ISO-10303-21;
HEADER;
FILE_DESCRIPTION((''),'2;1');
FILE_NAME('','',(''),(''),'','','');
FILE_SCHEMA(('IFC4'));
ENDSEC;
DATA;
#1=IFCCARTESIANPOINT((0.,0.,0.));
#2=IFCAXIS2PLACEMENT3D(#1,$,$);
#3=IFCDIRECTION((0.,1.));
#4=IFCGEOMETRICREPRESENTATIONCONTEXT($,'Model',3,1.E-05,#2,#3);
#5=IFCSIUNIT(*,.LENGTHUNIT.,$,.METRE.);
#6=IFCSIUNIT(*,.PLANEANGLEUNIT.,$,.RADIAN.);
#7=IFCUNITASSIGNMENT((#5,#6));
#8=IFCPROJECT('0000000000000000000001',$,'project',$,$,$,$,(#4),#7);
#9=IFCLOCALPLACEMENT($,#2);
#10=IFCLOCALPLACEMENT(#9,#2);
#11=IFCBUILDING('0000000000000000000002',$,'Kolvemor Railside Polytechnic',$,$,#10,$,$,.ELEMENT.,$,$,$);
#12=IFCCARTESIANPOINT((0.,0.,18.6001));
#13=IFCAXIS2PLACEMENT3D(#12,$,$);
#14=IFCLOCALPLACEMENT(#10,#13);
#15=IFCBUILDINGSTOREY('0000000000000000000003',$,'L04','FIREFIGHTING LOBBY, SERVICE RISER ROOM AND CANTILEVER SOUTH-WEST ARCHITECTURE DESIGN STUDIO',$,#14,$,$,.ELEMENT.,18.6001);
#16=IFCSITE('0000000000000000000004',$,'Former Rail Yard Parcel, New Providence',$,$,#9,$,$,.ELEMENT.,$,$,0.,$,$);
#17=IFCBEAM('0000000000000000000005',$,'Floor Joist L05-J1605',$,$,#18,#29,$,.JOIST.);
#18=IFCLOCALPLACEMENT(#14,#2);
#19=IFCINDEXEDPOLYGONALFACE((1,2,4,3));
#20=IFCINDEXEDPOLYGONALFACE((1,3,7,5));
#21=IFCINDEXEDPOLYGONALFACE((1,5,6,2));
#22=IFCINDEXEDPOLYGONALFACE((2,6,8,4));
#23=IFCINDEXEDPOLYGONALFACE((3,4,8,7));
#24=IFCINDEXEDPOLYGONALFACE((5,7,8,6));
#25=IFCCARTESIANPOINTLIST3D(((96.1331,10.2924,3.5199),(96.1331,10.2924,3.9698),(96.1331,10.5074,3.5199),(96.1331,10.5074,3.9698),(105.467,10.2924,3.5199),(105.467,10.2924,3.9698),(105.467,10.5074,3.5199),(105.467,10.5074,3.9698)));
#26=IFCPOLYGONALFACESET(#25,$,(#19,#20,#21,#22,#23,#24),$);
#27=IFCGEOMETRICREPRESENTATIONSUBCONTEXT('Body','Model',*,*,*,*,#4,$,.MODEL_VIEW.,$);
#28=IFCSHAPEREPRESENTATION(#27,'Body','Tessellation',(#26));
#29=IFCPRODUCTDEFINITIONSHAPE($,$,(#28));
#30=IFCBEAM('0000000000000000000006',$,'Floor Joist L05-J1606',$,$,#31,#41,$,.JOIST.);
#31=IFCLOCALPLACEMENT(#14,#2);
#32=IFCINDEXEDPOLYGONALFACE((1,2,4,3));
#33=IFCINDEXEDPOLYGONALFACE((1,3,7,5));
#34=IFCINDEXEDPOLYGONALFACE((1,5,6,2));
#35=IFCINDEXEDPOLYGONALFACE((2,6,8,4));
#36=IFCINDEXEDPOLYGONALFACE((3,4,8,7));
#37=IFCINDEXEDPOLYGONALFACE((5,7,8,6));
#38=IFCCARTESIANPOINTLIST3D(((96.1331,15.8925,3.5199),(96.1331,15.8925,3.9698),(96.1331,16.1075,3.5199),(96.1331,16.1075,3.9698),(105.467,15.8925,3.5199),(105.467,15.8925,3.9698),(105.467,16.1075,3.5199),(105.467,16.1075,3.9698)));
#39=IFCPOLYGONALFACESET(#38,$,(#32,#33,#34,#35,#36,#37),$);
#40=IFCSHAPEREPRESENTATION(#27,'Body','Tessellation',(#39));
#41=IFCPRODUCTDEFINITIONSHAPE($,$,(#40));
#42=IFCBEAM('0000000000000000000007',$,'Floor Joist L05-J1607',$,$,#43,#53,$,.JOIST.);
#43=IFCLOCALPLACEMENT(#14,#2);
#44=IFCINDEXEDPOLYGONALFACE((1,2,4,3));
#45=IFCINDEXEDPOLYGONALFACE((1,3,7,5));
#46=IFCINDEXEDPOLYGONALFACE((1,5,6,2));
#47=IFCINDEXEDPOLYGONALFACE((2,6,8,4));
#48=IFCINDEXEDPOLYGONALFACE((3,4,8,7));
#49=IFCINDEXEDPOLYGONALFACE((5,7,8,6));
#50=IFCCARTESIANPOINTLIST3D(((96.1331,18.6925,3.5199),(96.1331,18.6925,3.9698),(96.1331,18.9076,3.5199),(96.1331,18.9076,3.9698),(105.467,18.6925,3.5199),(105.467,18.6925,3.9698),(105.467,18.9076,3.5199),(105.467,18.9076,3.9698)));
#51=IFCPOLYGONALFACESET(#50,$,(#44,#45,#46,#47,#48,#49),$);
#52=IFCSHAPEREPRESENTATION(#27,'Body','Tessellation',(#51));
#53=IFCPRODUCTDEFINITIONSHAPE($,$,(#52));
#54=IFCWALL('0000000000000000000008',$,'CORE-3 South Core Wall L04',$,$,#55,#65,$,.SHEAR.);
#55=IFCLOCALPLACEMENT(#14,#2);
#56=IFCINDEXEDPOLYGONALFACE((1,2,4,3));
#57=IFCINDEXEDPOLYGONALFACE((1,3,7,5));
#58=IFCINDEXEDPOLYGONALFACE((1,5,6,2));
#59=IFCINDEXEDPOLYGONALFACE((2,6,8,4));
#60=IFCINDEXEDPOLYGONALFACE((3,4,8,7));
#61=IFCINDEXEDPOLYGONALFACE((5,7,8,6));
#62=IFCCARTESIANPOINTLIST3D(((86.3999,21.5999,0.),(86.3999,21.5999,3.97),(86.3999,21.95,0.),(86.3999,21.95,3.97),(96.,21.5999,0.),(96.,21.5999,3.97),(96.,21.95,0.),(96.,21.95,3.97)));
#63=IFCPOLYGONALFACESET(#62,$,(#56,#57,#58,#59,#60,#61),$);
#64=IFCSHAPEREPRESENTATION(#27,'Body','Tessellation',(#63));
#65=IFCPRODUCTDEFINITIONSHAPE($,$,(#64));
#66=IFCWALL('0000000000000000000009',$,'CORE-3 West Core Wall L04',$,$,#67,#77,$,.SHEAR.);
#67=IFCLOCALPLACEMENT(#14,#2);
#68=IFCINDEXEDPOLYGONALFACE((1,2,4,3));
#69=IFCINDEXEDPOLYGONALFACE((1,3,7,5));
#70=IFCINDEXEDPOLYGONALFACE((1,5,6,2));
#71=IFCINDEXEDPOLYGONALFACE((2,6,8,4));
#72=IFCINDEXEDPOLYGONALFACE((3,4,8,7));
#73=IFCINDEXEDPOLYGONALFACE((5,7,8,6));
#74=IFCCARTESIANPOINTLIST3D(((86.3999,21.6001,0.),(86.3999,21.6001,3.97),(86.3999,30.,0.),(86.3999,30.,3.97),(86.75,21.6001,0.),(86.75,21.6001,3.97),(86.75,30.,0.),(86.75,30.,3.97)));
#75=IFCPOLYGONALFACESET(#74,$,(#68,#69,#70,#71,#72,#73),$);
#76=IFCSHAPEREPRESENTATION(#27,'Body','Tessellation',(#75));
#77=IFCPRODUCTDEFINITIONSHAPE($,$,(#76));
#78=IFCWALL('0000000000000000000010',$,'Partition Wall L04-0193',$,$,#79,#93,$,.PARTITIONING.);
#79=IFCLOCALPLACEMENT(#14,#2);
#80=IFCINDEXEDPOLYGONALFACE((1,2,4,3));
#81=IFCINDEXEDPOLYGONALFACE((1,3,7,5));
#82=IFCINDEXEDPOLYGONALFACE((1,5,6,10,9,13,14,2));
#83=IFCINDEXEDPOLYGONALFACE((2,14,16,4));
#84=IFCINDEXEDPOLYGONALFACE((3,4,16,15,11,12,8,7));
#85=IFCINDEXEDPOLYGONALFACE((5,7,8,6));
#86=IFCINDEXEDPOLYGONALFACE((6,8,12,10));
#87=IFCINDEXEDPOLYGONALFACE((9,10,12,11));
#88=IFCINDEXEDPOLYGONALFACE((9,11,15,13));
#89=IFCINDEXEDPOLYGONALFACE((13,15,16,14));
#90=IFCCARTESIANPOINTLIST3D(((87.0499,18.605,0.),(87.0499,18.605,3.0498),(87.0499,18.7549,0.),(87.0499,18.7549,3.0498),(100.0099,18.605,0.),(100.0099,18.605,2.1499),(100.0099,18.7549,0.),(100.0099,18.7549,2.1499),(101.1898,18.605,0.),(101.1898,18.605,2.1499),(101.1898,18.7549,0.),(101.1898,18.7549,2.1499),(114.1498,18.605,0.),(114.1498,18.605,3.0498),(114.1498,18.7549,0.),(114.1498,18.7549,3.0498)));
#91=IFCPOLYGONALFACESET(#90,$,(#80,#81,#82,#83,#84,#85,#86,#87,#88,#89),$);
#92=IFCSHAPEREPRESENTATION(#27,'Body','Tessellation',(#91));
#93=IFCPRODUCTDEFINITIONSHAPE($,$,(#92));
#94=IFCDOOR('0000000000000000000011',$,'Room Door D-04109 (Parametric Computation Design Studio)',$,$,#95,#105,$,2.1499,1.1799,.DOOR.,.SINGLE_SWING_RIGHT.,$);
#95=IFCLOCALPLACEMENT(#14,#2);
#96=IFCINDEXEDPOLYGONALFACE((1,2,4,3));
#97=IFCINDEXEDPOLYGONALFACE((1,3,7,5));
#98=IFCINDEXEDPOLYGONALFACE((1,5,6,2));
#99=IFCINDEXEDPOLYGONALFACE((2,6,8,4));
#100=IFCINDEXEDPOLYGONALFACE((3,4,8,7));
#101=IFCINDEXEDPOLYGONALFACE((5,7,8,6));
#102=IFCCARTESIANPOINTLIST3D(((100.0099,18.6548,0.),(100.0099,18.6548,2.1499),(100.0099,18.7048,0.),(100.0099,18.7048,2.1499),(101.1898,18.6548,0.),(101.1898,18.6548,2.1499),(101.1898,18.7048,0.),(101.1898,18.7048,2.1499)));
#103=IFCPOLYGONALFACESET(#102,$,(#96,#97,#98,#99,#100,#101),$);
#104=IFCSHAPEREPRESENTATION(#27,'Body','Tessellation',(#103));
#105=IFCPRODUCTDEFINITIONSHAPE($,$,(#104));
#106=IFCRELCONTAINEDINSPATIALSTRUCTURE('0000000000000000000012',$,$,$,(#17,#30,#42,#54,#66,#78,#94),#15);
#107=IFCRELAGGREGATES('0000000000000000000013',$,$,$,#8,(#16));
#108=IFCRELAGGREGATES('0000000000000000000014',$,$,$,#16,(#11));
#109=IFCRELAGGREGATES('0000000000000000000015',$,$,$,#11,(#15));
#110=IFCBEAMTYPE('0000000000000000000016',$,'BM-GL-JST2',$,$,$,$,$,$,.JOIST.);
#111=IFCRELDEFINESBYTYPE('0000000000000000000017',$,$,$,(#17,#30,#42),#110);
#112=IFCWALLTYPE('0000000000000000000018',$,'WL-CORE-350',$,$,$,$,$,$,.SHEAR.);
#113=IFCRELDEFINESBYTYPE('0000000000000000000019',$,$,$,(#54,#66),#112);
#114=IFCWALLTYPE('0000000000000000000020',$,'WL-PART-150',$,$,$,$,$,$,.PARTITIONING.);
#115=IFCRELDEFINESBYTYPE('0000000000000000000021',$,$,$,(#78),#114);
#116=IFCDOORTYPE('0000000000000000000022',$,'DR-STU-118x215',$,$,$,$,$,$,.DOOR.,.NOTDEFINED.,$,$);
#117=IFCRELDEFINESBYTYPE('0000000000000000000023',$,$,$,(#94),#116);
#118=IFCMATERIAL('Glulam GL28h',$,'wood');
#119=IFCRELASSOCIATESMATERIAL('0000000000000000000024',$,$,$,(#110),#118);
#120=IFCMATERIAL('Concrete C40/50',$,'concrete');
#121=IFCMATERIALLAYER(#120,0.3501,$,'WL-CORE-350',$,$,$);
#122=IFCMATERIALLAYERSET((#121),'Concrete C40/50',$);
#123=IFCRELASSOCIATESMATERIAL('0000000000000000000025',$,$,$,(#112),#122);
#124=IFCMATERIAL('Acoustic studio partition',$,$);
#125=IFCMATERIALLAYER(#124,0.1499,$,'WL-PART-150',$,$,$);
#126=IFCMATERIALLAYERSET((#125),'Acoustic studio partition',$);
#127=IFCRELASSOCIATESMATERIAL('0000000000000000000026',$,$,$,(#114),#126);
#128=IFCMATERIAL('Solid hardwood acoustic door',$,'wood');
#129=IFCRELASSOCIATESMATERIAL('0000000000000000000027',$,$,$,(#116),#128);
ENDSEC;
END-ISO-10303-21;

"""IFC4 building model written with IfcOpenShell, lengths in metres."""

from ifc_helpers import new_model, si_unit, direction, frame, frame_2d, origin, origin_2d, place, context, subcontext, project, spatial, rectangle, extrude, material, layer, layer_set, material_profile, profile_set, type_object, element, fill, save


model = new_model("IFC4")

# Units and contexts
model_context = context("Model", 3, precision=1e-05, world=origin(), true_north=direction((0.0, 1.0)))
body_context = subcontext(model_context, "Body", "Model", "MODEL_VIEW")
ifc_project = project(units=[si_unit("LENGTHUNIT", "METRE"), si_unit("PLANEANGLEUNIT", "RADIAN")], contexts=[model_context])

# Site, building, storey
site_placement = place(None, origin())
site = spatial("IfcSite", under=ifc_project, at=site_placement, Name="Former Rail Yard Parcel, New Providence", CompositionType="ELEMENT", RefElevation=0.0)
building_placement = place(site_placement, origin())
building = spatial("IfcBuilding", under=site, at=building_placement, Name="Kolvemor Railside Polytechnic", CompositionType="ELEMENT")
storey_placement = place(building_placement, frame((0.0, 0.0, 18.6001)))
storey = spatial("IfcBuildingStorey", under=building, at=storey_placement, Name="L04", Description="FIREFIGHTING LOBBY, SERVICE RISER ROOM AND CANTILEVER SOUTH-WEST ARCHITECTURE DESIGN STUDIO", CompositionType="ELEMENT", Elevation=18.6001)

# Beams
ifc_material_1 = material(Name="Glulam GL28h", Category="wood")
ifc_material_profile_1 = material_profile(ifc_material_1, rectangle(XDim=0.2151, YDim=0.45, at=origin_2d()), Name="GL215x450")
ifc_profile_set_1 = profile_set([ifc_material_profile_1], Name="Glulam GL28h")
beam_type_1 = type_object("IfcBeamType", Name="BM-GL-JST2", PredefinedType="JOIST", material=ifc_profile_set_1)
for number, where, z_axis, x_axis, name in (
    (1, (96.1331, 10.3999, 3.7449), (1.0, 0.0, 0.0), (0.0, 1.0, 0.0), "Floor Joist L05-J1605"),
    (2, (96.1331, 16.0, 3.7449), (1.0, 0.0, 0.0), (0.0, 1.0, 0.0), "Floor Joist L05-J1606"),
    (3, (96.1331, 18.8, 3.7449), (1.0, 0.0, 0.0), (0.0, 1.0, 0.0), "Floor Joist L05-J1607"),
):
    element("IfcBeam", number, at=place(storey_placement, frame(where, z_axis=z_axis, x_axis=x_axis)), inside=storey, type_object=beam_type_1, Name=name, PredefinedType="JOIST", context=body_context, shape_type="SweptSolid", body=[
        extrude(rectangle(XDim=0.2151, YDim=0.45, at=origin_2d()), origin(), (0.0, 0.0, 1.0), 9.334),
    ])

# Walls
ifc_material_2 = material(Name="Concrete C40/50", Category="concrete")
ifc_layer_1 = layer(ifc_material_2, 0.3501, Name="WL-CORE-350")
ifc_layer_set_1 = layer_set([ifc_layer_1], Name="Concrete C40/50")
wall_type_1 = type_object("IfcWallType", Name="WL-CORE-350", PredefinedType="SHEAR", material=ifc_layer_set_1)
wall_1_placement = place(storey_placement, frame((86.3999, 21.7749, 0.0), z_axis=(0.0, 0.0, 1.0), x_axis=(1.0, 0.0, 0.0)))
element("IfcWall", 4, at=wall_1_placement, inside=storey, type_object=wall_type_1, Name="CORE-3 South Core Wall L04", PredefinedType="SHEAR", context=body_context, shape_type="SweptSolid", body=[
    extrude(rectangle(XDim=9.6001, YDim=0.3501, at=frame_2d((4.8, 0.0))), origin(), (0.0, 0.0, 1.0), 3.97),
])
wall_2_placement = place(storey_placement, frame((86.575, 21.6001, 0.0), z_axis=(0.0, 0.0, 1.0), x_axis=(0.0, 1.0, 0.0)))
element("IfcWall", 5, at=wall_2_placement, inside=storey, type_object=wall_type_1, Name="CORE-3 West Core Wall L04", PredefinedType="SHEAR", context=body_context, shape_type="SweptSolid", body=[
    extrude(rectangle(XDim=8.3999, YDim=0.3501, at=frame_2d((4.2, 0.0))), origin(), (0.0, 0.0, 1.0), 3.97),
])

# Wall, opening, door
ifc_material_3 = material(Name="Acoustic studio partition")
ifc_layer_2 = layer(ifc_material_3, 0.1499, Name="WL-PART-150")
ifc_layer_set_2 = layer_set([ifc_layer_2], Name="Acoustic studio partition")
wall_type_2 = type_object("IfcWallType", Name="WL-PART-150", PredefinedType="PARTITIONING", material=ifc_layer_set_2)
wall_3_placement = place(storey_placement, frame((87.05, 18.6799, 0.0), z_axis=(0.0, 0.0, 1.0), x_axis=(1.0, 0.0, 0.0)))
wall_3 = element("IfcWall", 6, at=wall_3_placement, inside=storey, type_object=wall_type_2, Name="Partition Wall L04-0193", PredefinedType="PARTITIONING", context=body_context, shape_type="SweptSolid", body=[
    extrude(rectangle(XDim=27.0999, YDim=0.1499, at=frame_2d((13.5498, 0.0))), origin(), (0.0, 0.0, 1.0), 3.0498),
])
opening_1_placement = place(wall_3_placement, frame((12.96, 0.0, 0.0)))
opening_1 = element("IfcOpeningElement", 7, at=opening_1_placement, cuts=wall_3, PredefinedType="OPENING", context=body_context, shape_type="SweptSolid", body=[
    extrude(rectangle(XDim=1.1799, YDim=2.1499, at=frame_2d((0.5898, 1.075))), frame((0.0, 0.085, 0.0), z_axis=(0.0, -1.0, 0.0), x_axis=(1.0, 0.0, 0.0)), (0.0, 0.0, 1.0), 0.1699),
])
ifc_material_4 = material(Name="Solid hardwood acoustic door", Category="wood")
door_type_1 = type_object("IfcDoorType", Name="DR-STU-118x215", OperationType="NOTDEFINED", PredefinedType="DOOR", material=ifc_material_4)
door_1_placement = place(opening_1_placement, origin())
door_1 = element("IfcDoor", 8, at=door_1_placement, inside=storey, type_object=door_type_1, Name="Room Door D-04109 (Parametric Computation Design Studio)", OperationType="SINGLE_SWING_RIGHT", OverallHeight=2.1499, OverallWidth=1.1799, PredefinedType="DOOR", context=body_context, shape_type="SweptSolid", body=[
    extrude(rectangle(XDim=1.1799, YDim=2.1499, at=frame_2d((0.5898, 1.075))), frame((0.0, 0.0249, 0.0), z_axis=(0.0, -1.0, 0.0), x_axis=(1.0, 0.0, 0.0)), (0.0, 0.0, 1.0), 0.05),
])
fill(opening_1, door_1)

save(model, "model.ifc")
